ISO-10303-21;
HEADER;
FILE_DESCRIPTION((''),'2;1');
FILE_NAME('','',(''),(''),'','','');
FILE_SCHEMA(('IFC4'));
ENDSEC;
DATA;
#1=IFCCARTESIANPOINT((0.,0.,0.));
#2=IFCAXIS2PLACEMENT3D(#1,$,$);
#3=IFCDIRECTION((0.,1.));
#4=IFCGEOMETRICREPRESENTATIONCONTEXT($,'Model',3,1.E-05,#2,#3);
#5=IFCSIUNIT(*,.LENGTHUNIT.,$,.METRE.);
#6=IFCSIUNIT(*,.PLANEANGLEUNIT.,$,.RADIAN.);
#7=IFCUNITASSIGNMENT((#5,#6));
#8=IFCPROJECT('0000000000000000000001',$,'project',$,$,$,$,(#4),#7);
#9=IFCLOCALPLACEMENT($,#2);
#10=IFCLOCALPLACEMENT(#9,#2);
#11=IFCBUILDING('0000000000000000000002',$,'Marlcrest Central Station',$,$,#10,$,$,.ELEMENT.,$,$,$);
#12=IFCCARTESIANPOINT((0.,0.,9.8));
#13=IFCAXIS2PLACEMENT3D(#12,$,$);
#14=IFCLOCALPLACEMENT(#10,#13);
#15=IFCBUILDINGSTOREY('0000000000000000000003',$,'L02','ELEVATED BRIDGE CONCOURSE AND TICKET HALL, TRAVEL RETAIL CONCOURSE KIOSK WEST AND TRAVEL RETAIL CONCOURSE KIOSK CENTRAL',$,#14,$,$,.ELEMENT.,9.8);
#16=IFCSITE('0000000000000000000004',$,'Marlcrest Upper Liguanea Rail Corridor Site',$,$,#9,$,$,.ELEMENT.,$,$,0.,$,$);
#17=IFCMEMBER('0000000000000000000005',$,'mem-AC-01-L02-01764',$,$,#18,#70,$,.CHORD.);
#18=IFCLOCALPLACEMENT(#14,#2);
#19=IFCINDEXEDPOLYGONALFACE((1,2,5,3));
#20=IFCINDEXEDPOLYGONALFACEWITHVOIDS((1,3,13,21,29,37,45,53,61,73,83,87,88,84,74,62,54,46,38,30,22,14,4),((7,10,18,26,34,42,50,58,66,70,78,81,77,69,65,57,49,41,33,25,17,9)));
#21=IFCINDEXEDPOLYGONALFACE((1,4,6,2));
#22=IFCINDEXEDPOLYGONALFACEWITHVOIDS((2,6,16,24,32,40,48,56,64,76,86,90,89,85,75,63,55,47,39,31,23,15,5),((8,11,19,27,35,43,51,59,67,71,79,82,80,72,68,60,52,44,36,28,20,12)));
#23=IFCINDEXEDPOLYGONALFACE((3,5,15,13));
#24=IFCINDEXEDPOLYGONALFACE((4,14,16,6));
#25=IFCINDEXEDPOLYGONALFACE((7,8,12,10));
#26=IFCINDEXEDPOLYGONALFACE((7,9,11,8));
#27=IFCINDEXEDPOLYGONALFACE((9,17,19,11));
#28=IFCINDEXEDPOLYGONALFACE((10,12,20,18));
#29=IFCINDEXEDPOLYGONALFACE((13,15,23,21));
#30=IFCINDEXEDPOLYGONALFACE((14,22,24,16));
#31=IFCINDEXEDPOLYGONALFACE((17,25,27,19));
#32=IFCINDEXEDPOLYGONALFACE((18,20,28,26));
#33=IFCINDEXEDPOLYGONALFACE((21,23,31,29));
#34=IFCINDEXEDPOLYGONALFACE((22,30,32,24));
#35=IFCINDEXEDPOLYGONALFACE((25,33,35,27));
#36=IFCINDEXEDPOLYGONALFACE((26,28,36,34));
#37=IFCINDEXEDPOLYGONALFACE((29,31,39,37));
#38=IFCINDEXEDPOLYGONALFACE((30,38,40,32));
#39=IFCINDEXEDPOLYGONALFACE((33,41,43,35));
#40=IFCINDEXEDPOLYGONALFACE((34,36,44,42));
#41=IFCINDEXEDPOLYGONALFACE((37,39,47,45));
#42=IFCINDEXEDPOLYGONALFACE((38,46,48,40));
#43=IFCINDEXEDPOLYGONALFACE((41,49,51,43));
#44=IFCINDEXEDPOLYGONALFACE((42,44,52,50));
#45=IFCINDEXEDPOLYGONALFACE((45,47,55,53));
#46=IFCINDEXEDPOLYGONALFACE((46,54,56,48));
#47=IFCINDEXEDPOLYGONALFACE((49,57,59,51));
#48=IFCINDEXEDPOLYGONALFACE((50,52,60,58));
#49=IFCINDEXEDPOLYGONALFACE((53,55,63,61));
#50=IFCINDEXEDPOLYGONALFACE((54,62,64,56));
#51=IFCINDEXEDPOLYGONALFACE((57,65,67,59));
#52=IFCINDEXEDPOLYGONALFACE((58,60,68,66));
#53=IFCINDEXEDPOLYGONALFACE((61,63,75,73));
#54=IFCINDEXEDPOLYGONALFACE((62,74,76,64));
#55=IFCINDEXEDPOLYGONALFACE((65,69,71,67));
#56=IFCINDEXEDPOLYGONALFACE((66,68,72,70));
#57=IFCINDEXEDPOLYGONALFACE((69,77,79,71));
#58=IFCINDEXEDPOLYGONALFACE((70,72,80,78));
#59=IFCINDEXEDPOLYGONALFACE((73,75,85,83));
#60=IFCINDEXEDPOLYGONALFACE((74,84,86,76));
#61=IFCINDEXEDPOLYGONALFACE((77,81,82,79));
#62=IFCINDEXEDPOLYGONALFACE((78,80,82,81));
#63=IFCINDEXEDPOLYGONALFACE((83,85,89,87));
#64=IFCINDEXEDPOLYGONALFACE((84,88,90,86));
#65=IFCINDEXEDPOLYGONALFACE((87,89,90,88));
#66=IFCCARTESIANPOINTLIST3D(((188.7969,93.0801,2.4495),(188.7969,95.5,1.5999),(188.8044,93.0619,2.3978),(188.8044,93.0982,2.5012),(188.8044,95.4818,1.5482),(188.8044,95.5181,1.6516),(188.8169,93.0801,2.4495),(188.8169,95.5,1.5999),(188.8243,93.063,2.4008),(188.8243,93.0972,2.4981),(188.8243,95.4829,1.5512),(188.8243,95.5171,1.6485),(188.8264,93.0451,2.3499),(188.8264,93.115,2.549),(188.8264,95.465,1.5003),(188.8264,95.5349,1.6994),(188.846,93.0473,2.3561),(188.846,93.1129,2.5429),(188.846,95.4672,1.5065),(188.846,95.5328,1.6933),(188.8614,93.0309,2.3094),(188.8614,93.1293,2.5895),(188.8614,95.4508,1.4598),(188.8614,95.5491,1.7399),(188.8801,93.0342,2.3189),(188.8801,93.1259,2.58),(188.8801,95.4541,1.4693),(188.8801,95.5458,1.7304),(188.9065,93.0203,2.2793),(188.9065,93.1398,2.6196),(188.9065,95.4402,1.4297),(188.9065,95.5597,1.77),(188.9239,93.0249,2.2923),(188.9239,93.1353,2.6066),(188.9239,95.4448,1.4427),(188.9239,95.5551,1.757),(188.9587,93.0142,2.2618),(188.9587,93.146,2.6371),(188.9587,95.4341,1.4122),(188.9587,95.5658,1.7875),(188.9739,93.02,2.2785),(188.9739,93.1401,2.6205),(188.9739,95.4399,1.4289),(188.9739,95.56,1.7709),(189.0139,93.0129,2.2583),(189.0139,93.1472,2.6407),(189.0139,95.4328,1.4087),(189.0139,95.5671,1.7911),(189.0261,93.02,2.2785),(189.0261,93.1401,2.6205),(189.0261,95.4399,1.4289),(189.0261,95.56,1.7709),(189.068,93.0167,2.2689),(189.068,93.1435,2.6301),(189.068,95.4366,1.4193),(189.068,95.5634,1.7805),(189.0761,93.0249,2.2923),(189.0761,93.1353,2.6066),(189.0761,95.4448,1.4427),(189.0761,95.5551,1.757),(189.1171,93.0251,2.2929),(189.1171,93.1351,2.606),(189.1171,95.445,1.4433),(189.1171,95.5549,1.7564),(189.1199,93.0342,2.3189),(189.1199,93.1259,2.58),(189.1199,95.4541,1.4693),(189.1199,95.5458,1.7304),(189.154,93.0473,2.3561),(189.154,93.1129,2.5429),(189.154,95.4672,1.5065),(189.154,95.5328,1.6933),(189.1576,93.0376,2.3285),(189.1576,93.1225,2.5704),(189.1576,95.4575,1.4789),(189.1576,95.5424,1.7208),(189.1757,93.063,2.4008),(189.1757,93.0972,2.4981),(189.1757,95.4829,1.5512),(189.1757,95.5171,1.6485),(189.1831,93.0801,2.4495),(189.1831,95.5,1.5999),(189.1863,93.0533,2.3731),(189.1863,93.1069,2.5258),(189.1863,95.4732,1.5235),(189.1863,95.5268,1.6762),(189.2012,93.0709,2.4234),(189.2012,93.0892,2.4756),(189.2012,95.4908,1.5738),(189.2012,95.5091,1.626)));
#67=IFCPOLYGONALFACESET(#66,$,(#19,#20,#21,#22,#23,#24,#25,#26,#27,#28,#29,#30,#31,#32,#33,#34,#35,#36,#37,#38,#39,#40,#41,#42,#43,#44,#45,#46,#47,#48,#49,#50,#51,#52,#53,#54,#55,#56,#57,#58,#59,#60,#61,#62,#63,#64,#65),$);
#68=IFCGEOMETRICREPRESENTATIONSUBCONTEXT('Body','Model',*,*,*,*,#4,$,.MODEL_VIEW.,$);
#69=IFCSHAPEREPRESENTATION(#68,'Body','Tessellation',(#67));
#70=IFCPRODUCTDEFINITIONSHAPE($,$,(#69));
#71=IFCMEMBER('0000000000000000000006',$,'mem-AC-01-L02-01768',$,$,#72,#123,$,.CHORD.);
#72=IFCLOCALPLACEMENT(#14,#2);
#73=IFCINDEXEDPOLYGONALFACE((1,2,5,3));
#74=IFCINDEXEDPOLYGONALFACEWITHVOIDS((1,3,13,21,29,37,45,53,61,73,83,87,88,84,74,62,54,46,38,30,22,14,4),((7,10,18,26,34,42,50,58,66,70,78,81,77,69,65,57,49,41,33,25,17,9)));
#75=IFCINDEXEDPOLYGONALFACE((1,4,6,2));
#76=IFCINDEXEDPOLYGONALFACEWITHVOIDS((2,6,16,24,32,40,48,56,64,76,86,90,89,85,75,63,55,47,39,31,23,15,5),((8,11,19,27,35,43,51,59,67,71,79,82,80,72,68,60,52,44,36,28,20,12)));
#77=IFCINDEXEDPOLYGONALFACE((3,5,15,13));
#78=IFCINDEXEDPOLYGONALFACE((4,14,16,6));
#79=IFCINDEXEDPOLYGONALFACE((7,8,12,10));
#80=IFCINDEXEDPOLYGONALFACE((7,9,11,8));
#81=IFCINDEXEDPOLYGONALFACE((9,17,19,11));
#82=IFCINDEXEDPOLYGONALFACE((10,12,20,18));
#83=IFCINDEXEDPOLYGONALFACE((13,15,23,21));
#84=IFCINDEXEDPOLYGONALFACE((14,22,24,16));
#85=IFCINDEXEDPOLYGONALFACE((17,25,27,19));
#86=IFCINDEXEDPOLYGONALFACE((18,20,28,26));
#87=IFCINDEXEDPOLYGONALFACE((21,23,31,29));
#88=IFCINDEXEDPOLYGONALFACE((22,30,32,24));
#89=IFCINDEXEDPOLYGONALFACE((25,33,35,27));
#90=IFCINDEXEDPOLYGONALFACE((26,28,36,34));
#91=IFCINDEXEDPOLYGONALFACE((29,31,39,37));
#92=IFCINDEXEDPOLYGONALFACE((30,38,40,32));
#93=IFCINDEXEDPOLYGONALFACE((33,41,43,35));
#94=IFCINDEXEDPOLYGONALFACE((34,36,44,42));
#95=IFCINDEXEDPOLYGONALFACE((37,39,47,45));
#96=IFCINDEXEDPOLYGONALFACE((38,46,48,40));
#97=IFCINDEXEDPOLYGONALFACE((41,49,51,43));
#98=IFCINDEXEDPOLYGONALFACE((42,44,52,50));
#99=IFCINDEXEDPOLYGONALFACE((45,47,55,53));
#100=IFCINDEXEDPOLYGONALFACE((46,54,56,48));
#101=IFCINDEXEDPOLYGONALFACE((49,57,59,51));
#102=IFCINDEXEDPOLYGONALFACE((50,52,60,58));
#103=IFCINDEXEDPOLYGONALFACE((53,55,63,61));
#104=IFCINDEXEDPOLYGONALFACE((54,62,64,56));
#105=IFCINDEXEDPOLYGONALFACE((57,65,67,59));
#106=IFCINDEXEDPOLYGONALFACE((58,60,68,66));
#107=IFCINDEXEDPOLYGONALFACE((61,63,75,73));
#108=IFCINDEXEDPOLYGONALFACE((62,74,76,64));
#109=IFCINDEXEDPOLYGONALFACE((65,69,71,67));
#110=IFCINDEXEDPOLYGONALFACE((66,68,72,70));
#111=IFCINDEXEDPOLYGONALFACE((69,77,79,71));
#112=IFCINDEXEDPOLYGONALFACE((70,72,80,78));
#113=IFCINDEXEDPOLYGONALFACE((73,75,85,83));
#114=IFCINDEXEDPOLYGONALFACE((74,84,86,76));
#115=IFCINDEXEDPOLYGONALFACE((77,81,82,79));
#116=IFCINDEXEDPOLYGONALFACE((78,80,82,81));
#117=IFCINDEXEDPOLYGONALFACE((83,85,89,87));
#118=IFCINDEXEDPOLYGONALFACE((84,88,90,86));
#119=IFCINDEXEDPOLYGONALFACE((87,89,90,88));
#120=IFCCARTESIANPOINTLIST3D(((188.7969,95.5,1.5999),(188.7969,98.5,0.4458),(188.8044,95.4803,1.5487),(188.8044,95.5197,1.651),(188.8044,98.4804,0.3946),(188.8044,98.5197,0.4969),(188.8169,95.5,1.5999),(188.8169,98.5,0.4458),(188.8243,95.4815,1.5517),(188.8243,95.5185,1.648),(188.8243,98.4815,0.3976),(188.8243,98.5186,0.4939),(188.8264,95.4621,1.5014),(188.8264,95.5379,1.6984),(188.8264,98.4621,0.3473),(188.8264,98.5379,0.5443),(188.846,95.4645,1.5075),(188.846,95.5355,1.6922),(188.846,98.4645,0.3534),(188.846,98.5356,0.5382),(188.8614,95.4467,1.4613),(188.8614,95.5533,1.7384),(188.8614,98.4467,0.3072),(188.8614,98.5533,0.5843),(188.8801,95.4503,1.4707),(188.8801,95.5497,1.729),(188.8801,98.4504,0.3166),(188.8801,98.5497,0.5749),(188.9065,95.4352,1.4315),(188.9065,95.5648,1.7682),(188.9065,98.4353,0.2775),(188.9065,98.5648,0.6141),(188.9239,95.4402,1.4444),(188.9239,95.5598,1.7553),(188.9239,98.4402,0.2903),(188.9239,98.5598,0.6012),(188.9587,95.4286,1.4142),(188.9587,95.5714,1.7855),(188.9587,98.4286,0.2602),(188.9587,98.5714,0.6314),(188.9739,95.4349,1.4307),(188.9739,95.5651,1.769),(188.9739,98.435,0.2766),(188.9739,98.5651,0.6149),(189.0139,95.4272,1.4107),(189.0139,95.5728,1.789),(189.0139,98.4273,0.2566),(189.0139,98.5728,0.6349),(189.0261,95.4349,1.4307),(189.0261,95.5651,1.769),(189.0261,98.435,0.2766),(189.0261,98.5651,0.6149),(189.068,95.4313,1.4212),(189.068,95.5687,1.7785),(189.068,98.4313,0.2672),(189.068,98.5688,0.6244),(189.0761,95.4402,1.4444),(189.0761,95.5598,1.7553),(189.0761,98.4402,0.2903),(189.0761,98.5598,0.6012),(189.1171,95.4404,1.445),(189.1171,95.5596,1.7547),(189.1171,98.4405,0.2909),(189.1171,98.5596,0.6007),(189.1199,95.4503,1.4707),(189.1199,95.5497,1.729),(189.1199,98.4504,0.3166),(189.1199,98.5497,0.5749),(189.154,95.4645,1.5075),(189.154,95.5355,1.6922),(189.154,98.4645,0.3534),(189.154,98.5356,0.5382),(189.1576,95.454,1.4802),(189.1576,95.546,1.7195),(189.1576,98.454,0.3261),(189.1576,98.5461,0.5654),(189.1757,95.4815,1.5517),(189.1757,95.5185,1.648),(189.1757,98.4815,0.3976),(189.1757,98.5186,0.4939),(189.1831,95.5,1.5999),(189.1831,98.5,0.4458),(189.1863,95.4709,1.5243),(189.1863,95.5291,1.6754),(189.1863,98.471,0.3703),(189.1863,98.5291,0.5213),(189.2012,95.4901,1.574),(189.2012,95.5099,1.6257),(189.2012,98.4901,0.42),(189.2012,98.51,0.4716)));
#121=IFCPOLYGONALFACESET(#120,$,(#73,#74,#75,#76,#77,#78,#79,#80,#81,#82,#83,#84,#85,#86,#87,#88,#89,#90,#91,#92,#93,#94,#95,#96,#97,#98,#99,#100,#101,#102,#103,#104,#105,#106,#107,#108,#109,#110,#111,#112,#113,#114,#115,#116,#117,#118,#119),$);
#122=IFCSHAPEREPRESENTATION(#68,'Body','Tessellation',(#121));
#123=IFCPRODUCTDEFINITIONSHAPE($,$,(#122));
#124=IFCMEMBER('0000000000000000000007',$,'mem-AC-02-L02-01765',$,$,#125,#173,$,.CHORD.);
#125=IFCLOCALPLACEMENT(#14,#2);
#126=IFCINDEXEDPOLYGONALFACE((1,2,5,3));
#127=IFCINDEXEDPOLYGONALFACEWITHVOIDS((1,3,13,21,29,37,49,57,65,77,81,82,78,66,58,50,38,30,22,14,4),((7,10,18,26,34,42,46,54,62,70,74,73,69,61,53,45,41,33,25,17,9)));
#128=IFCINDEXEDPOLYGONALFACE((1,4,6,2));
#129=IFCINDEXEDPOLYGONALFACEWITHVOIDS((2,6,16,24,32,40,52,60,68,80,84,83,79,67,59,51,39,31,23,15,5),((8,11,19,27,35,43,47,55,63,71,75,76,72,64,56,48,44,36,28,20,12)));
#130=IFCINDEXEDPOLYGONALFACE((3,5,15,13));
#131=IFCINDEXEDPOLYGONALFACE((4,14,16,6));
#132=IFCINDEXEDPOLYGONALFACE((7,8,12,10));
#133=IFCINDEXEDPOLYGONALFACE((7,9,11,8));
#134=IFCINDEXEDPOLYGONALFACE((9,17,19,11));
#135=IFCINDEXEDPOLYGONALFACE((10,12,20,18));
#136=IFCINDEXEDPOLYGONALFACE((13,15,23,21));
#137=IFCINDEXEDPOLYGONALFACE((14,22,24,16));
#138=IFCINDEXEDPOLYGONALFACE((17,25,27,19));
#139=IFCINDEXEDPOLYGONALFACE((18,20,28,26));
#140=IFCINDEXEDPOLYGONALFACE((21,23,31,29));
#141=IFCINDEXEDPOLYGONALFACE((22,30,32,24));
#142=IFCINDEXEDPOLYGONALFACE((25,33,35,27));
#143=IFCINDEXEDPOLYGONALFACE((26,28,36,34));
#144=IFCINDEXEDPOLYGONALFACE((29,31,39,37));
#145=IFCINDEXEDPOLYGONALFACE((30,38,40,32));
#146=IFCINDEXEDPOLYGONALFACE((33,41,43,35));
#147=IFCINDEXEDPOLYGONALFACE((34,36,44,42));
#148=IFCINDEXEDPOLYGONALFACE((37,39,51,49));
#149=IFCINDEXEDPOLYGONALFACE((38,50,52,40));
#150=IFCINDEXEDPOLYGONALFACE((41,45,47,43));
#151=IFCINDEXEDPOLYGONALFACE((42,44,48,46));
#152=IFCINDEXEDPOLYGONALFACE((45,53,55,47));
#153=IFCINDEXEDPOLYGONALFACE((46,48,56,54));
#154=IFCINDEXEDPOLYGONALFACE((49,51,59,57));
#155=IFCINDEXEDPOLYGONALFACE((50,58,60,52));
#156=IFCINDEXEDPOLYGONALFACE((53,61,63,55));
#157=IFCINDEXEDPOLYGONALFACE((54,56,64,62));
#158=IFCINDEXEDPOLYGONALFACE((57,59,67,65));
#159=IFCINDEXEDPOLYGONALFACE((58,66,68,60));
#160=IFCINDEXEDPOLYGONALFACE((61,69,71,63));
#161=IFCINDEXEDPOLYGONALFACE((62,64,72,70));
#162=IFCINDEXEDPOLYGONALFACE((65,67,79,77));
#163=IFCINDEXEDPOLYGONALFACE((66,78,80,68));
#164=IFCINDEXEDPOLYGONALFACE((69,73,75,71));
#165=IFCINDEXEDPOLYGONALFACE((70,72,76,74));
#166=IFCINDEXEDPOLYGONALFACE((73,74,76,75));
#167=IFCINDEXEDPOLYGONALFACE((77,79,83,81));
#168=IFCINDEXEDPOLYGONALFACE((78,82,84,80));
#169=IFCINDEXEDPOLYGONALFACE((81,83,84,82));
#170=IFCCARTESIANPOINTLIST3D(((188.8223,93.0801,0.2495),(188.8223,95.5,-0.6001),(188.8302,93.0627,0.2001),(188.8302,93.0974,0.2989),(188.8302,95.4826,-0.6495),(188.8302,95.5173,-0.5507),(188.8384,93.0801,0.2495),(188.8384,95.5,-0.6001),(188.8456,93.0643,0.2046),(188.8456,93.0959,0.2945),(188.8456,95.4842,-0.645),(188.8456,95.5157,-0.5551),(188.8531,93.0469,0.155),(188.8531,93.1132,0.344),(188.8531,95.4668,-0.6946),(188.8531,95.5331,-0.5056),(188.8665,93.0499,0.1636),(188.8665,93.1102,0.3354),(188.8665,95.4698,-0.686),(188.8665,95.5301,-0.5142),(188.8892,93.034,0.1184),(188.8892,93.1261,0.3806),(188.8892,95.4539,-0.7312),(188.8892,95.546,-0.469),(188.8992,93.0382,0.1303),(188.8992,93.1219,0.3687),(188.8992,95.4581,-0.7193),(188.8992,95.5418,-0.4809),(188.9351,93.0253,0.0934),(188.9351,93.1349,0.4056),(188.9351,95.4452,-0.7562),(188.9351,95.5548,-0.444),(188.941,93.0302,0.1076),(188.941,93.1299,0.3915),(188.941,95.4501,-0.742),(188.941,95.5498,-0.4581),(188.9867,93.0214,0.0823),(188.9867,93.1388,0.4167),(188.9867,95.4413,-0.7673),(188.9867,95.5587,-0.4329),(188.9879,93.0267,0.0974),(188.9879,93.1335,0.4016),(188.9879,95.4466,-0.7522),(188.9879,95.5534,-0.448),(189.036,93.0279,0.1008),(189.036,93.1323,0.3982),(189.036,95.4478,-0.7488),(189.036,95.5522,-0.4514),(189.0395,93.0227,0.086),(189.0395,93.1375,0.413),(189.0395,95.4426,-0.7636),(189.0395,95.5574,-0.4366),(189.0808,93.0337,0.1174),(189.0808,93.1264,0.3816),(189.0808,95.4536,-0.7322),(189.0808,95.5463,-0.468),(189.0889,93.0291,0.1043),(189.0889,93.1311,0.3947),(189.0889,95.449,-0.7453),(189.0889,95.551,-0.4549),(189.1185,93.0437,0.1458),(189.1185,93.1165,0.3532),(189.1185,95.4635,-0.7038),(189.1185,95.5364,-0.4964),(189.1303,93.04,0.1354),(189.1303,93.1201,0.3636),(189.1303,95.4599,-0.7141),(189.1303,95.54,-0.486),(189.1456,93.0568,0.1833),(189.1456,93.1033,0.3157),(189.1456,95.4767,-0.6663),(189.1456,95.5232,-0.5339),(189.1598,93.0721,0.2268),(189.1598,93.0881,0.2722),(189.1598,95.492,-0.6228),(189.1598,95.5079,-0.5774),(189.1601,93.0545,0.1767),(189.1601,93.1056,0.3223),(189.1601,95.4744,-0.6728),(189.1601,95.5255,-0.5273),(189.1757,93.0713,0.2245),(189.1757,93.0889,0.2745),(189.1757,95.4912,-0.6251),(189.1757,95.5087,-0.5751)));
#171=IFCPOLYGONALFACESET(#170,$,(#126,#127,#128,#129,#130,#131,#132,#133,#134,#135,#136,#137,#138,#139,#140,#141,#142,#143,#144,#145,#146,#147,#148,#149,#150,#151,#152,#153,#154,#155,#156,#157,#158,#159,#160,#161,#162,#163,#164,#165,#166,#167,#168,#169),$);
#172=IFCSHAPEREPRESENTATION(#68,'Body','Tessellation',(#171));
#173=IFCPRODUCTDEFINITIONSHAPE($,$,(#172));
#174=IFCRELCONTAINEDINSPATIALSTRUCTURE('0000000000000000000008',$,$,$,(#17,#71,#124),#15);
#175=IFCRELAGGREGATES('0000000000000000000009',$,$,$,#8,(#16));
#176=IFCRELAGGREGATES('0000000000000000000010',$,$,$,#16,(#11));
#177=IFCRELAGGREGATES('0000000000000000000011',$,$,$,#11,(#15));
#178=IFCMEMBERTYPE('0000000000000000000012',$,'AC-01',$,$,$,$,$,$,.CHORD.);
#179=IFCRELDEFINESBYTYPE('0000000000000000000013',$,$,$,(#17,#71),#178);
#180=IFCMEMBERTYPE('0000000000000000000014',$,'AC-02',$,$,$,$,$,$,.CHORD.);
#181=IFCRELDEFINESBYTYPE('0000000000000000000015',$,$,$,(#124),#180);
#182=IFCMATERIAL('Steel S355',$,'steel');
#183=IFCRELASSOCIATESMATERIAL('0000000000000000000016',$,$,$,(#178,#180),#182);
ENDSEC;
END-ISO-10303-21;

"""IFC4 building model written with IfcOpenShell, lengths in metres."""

from ifc_helpers import new_model, si_unit, direction, frame, origin, origin_2d, place, context, subcontext, project, spatial, hollow_circle, extrude, material, material_profile, profile_set, type_object, element, save


model = new_model("IFC4")

# Units and contexts
model_context = context("Model", 3, precision=1e-05, world=origin(), true_north=direction((0.0, 1.0)))
body_context = subcontext(model_context, "Body", "Model", "MODEL_VIEW")
ifc_project = project(units=[si_unit("LENGTHUNIT", "METRE"), si_unit("PLANEANGLEUNIT", "RADIAN")], contexts=[model_context])

# Site, building, storey
site_placement = place(None, origin())
site = spatial("IfcSite", under=ifc_project, at=site_placement, Name="Marlcrest Upper Liguanea Rail Corridor Site", CompositionType="ELEMENT", RefElevation=0.0)
building_placement = place(site_placement, origin())
building = spatial("IfcBuilding", under=site, at=building_placement, Name="Marlcrest Central Station", CompositionType="ELEMENT")
storey_placement = place(building_placement, frame((0.0, 0.0, 9.8)))
storey = spatial("IfcBuildingStorey", under=building, at=storey_placement, Name="L02", Description="ELEVATED BRIDGE CONCOURSE AND TICKET HALL, TRAVEL RETAIL CONCOURSE KIOSK WEST AND TRAVEL RETAIL CONCOURSE KIOSK CENTRAL", CompositionType="ELEMENT", Elevation=9.8)

# Members
ifc_material_1 = material(Name="Steel S355", Category="steel")
ifc_material_profile_1 = material_profile(ifc_material_1, hollow_circle(Radius=0.2031, WallThickness=0.02, at=origin_2d()), Name="CHS 406.4x20")
ifc_profile_set_1 = profile_set([ifc_material_profile_1], Name="Steel S355")
member_type_1 = type_object("IfcMemberType", Name="AC-01", PredefinedType="CHORD", material=ifc_profile_set_1)
member_1_placement = place(storey_placement, frame((189.0, 93.0801, 2.4495), z_axis=(0.0, 0.943537, -0.331266), x_axis=(-1.0, 0.0, 0.0)))
element("IfcMember", 1, at=member_1_placement, inside=storey, type_object=member_type_1, Name="mem-AC-01-L02-01764", PredefinedType="CHORD", context=body_context, shape_type="SweptSolid", body=[
    extrude(hollow_circle(Radius=0.2031, WallThickness=0.02, at=origin_2d()), origin(), (0.0, 0.0, 1.0), 2.5647),
])
member_2_placement = place(storey_placement, frame((189.0, 95.5, 1.5999), z_axis=(0.0, 0.933324, -0.359035), x_axis=(-1.0, 0.0, 0.0)))
element("IfcMember", 2, at=member_2_placement, inside=storey, type_object=member_type_1, Name="mem-AC-01-L02-01768", PredefinedType="CHORD", context=body_context, shape_type="SweptSolid", body=[
    extrude(hollow_circle(Radius=0.2031, WallThickness=0.02, at=origin_2d()), origin(), (0.0, 0.0, 1.0), 3.2144),
])
ifc_material_profile_2 = material_profile(ifc_material_1, hollow_circle(Radius=0.1777, WallThickness=0.0161, at=origin_2d()), Name="CHS 355.6x16")
ifc_profile_set_2 = profile_set([ifc_material_profile_2], Name="Steel S355")
member_type_2 = type_object("IfcMemberType", Name="AC-02", PredefinedType="CHORD", material=ifc_profile_set_2)
member_3_placement = place(storey_placement, frame((189.0, 93.0801, 0.2495), z_axis=(0.0, 0.943537, -0.331266), x_axis=(-1.0, 0.0, 0.0)))
element("IfcMember", 3, at=member_3_placement, inside=storey, type_object=member_type_2, Name="mem-AC-02-L02-01765", PredefinedType="CHORD", context=body_context, shape_type="SweptSolid", body=[
    extrude(hollow_circle(Radius=0.1777, WallThickness=0.0161, at=origin_2d()), origin(), (0.0, 0.0, 1.0), 2.5647),
])

save(model, "model.ifc")
